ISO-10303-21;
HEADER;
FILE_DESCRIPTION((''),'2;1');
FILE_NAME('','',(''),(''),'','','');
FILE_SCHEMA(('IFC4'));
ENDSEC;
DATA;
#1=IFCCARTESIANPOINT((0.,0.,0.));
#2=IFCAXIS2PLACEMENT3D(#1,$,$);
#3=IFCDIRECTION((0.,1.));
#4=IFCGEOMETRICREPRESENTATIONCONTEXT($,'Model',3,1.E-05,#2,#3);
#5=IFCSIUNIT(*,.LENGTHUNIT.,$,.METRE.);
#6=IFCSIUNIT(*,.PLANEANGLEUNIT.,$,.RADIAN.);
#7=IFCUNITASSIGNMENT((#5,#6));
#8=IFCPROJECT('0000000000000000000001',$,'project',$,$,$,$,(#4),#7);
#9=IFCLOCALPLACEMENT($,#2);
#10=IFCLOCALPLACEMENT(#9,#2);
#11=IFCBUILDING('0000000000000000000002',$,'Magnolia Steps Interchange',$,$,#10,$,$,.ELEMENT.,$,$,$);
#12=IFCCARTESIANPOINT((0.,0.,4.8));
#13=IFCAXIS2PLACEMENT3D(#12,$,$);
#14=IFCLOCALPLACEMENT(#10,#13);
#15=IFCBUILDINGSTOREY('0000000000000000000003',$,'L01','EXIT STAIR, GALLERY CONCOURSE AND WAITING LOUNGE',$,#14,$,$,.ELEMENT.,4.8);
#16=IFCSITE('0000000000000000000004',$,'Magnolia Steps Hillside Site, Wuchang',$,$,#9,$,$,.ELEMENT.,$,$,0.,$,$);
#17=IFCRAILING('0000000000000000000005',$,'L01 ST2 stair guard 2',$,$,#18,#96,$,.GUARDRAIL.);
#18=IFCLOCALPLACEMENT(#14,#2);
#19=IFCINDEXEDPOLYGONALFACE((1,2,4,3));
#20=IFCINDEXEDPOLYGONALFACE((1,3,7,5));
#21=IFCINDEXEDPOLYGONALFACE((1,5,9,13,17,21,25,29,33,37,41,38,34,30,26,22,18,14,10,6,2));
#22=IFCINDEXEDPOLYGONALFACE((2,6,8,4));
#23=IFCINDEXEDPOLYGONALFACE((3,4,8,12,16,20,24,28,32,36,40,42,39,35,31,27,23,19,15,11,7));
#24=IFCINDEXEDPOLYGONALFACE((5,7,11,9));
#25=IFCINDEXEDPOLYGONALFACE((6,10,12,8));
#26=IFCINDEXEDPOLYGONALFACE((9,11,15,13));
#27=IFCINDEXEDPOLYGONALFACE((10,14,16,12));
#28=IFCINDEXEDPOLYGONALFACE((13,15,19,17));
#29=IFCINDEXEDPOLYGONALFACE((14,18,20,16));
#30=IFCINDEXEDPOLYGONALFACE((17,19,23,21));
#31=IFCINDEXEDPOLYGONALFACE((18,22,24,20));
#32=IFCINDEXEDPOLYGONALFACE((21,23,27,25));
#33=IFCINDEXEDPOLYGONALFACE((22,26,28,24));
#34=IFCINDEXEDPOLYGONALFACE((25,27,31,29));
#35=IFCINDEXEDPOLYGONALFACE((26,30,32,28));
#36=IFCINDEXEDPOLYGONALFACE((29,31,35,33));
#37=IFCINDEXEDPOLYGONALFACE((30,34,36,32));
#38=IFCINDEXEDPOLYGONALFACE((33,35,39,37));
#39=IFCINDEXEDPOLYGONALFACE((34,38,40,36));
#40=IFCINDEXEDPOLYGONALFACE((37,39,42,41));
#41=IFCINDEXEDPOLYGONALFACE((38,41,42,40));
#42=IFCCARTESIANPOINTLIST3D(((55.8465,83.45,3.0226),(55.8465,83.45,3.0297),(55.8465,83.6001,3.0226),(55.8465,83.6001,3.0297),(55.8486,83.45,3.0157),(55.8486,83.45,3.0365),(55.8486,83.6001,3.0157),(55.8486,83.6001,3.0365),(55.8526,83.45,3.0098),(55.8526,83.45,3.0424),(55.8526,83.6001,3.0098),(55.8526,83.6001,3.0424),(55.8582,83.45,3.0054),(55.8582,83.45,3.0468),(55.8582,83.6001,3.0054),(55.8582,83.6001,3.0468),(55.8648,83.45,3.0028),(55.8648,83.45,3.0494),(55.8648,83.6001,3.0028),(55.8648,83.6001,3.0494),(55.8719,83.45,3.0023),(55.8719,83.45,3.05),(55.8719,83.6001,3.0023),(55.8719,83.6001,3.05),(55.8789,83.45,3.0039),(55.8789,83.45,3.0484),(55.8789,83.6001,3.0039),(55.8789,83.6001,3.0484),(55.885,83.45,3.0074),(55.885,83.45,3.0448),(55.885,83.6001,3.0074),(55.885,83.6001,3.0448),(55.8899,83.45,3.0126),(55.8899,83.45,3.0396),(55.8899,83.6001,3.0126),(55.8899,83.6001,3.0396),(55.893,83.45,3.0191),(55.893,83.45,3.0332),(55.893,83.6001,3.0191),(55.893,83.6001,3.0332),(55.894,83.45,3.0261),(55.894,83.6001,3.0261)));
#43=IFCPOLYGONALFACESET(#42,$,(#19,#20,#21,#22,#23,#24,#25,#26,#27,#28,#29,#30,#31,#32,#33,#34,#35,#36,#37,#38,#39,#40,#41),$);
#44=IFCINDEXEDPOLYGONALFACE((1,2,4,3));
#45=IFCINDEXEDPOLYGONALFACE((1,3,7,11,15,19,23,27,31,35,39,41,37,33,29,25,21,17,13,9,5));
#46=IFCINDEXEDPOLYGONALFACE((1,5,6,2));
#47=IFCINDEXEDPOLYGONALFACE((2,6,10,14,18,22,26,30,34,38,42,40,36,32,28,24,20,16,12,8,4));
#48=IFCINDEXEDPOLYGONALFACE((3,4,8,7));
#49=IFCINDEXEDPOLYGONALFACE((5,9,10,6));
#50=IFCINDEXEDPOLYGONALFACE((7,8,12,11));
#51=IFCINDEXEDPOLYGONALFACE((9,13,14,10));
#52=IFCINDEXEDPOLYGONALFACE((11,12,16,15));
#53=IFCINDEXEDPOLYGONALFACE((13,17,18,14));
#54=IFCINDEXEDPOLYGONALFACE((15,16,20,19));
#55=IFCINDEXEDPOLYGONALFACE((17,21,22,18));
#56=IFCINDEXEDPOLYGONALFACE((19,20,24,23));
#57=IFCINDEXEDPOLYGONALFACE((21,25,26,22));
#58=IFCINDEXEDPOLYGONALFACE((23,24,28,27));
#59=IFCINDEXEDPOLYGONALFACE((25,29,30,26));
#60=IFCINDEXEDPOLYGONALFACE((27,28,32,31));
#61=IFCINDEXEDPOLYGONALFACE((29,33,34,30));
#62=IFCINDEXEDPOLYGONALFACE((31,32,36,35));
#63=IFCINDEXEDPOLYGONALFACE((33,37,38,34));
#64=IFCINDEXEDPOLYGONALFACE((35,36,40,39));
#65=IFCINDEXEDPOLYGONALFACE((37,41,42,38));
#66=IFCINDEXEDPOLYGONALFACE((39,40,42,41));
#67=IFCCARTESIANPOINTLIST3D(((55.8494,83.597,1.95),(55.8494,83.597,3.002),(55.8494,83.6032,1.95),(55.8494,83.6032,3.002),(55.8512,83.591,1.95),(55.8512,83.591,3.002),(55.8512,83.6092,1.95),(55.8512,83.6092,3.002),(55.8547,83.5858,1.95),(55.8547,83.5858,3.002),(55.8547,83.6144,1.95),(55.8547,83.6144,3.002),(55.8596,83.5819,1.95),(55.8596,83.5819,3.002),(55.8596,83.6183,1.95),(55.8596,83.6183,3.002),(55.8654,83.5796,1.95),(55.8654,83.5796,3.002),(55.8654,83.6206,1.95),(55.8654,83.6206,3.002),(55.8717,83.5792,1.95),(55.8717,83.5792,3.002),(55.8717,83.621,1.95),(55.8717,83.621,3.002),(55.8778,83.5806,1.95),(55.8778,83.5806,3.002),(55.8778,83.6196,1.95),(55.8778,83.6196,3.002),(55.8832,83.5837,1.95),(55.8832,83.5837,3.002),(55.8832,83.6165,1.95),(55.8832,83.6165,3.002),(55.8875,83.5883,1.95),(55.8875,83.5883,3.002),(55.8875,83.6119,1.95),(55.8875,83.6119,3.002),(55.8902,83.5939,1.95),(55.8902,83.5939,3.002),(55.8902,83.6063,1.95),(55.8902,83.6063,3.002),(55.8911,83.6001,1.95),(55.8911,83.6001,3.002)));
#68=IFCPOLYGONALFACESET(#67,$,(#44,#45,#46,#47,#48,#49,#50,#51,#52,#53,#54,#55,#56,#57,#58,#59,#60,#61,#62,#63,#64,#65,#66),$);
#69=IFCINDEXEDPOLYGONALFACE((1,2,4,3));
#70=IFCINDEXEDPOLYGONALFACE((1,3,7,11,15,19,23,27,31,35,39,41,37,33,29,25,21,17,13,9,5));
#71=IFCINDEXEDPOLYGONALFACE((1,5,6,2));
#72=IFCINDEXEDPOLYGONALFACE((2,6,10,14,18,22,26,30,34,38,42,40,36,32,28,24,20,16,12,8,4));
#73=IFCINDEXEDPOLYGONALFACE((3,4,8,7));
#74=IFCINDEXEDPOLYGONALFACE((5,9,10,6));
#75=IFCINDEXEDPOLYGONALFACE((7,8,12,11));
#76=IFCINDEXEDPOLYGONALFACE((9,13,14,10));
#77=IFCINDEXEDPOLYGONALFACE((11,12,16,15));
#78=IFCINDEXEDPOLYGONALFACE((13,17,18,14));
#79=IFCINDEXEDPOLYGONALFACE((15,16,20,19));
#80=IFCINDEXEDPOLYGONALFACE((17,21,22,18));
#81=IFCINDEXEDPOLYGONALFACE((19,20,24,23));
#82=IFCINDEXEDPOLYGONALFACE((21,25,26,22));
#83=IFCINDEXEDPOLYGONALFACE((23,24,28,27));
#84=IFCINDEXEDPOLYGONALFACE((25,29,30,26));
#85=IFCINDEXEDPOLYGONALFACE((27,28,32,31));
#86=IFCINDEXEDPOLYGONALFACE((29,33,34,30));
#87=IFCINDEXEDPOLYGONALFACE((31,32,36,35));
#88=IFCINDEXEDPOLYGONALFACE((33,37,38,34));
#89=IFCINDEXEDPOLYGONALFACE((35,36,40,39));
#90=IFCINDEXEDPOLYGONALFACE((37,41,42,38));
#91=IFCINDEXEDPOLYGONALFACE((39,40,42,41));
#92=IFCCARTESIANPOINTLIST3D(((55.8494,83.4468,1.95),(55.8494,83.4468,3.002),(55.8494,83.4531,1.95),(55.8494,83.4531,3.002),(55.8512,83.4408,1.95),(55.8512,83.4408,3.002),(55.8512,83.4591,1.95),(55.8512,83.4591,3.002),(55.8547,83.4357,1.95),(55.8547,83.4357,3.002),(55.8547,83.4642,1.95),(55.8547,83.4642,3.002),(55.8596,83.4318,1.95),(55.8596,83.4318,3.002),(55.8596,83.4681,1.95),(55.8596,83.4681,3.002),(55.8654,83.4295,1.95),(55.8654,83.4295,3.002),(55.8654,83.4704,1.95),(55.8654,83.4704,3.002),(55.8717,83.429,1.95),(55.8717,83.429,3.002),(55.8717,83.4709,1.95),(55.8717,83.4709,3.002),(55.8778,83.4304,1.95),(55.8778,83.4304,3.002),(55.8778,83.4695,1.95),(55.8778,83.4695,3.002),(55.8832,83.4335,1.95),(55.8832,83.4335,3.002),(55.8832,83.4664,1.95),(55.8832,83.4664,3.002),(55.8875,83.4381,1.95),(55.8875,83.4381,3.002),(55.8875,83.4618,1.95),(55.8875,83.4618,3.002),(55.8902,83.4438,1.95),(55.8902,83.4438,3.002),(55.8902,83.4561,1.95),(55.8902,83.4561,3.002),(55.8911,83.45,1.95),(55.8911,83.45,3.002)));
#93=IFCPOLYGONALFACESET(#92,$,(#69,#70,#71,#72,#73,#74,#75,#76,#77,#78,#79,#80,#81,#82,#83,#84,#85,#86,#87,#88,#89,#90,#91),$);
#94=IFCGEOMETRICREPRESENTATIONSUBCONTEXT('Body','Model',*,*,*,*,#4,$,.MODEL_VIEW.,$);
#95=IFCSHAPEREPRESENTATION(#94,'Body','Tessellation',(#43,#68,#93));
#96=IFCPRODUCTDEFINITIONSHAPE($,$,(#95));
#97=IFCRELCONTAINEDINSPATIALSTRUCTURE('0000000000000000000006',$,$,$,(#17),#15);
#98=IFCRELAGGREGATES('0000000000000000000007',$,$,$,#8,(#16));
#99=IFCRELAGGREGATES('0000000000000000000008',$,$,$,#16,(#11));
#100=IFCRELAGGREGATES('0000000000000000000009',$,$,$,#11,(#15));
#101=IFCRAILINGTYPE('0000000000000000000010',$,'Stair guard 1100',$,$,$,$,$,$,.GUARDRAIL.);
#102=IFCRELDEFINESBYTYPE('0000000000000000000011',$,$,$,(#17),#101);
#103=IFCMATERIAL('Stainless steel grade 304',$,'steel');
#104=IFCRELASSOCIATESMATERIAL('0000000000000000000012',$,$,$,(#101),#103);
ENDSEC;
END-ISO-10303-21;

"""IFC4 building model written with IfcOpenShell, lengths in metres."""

from ifc_helpers import new_model, si_unit, direction, frame, origin, origin_2d, place, context, subcontext, project, spatial, circle, extrude, material, type_object, element, save


model = new_model("IFC4")

# Units and contexts
model_context = context("Model", 3, precision=1e-05, world=origin(), true_north=direction((0.0, 1.0)))
body_context = subcontext(model_context, "Body", "Model", "MODEL_VIEW")
ifc_project = project(units=[si_unit("LENGTHUNIT", "METRE"), si_unit("PLANEANGLEUNIT", "RADIAN")], contexts=[model_context])

# Site, building, storey
site_placement = place(None, origin())
site = spatial("IfcSite", under=ifc_project, at=site_placement, Name="Magnolia Steps Hillside Site, Wuchang", CompositionType="ELEMENT", RefElevation=0.0)
building_placement = place(site_placement, origin())
building = spatial("IfcBuilding", under=site, at=building_placement, Name="Magnolia Steps Interchange", CompositionType="ELEMENT")
storey_placement = place(building_placement, frame((0.0, 0.0, 4.8)))
storey = spatial("IfcBuildingStorey", under=building, at=storey_placement, Name="L01", Description="EXIT STAIR, GALLERY CONCOURSE AND WAITING LOUNGE", CompositionType="ELEMENT", Elevation=4.8)

# Railing
ifc_material_1 = material(Name="Stainless steel grade 304", Category="steel")
railing_type_1 = type_object("IfcRailingType", Name="Stair guard 1100", PredefinedType="GUARDRAIL", material=ifc_material_1)
railing_1_placement = place(storey_placement, frame((55.8701, 83.6001, 1.95)))
element("IfcRailing", 1, at=railing_1_placement, inside=storey, type_object=railing_type_1, Name="L01 ST2 stair guard 2", PredefinedType="GUARDRAIL", context=body_context, shape_type="SweptSolid", body=[
    extrude(circle(Radius=0.0239, at=origin_2d()), frame((0.0, 0.0, 1.0762), z_axis=(0.0, -1.0, 0.0), x_axis=(1.0, 0.0, 0.0)), (0.0, 0.0, 1.0), 0.1501),
    extrude(circle(Radius=0.021, at=origin_2d()), origin(), (0.0, 0.0, 1.0), 1.052),
    extrude(circle(Radius=0.021, at=origin_2d()), frame((0.0, -0.1501, 0.0)), (0.0, 0.0, 1.0), 1.052),
])

save(model, "model.ifc")
